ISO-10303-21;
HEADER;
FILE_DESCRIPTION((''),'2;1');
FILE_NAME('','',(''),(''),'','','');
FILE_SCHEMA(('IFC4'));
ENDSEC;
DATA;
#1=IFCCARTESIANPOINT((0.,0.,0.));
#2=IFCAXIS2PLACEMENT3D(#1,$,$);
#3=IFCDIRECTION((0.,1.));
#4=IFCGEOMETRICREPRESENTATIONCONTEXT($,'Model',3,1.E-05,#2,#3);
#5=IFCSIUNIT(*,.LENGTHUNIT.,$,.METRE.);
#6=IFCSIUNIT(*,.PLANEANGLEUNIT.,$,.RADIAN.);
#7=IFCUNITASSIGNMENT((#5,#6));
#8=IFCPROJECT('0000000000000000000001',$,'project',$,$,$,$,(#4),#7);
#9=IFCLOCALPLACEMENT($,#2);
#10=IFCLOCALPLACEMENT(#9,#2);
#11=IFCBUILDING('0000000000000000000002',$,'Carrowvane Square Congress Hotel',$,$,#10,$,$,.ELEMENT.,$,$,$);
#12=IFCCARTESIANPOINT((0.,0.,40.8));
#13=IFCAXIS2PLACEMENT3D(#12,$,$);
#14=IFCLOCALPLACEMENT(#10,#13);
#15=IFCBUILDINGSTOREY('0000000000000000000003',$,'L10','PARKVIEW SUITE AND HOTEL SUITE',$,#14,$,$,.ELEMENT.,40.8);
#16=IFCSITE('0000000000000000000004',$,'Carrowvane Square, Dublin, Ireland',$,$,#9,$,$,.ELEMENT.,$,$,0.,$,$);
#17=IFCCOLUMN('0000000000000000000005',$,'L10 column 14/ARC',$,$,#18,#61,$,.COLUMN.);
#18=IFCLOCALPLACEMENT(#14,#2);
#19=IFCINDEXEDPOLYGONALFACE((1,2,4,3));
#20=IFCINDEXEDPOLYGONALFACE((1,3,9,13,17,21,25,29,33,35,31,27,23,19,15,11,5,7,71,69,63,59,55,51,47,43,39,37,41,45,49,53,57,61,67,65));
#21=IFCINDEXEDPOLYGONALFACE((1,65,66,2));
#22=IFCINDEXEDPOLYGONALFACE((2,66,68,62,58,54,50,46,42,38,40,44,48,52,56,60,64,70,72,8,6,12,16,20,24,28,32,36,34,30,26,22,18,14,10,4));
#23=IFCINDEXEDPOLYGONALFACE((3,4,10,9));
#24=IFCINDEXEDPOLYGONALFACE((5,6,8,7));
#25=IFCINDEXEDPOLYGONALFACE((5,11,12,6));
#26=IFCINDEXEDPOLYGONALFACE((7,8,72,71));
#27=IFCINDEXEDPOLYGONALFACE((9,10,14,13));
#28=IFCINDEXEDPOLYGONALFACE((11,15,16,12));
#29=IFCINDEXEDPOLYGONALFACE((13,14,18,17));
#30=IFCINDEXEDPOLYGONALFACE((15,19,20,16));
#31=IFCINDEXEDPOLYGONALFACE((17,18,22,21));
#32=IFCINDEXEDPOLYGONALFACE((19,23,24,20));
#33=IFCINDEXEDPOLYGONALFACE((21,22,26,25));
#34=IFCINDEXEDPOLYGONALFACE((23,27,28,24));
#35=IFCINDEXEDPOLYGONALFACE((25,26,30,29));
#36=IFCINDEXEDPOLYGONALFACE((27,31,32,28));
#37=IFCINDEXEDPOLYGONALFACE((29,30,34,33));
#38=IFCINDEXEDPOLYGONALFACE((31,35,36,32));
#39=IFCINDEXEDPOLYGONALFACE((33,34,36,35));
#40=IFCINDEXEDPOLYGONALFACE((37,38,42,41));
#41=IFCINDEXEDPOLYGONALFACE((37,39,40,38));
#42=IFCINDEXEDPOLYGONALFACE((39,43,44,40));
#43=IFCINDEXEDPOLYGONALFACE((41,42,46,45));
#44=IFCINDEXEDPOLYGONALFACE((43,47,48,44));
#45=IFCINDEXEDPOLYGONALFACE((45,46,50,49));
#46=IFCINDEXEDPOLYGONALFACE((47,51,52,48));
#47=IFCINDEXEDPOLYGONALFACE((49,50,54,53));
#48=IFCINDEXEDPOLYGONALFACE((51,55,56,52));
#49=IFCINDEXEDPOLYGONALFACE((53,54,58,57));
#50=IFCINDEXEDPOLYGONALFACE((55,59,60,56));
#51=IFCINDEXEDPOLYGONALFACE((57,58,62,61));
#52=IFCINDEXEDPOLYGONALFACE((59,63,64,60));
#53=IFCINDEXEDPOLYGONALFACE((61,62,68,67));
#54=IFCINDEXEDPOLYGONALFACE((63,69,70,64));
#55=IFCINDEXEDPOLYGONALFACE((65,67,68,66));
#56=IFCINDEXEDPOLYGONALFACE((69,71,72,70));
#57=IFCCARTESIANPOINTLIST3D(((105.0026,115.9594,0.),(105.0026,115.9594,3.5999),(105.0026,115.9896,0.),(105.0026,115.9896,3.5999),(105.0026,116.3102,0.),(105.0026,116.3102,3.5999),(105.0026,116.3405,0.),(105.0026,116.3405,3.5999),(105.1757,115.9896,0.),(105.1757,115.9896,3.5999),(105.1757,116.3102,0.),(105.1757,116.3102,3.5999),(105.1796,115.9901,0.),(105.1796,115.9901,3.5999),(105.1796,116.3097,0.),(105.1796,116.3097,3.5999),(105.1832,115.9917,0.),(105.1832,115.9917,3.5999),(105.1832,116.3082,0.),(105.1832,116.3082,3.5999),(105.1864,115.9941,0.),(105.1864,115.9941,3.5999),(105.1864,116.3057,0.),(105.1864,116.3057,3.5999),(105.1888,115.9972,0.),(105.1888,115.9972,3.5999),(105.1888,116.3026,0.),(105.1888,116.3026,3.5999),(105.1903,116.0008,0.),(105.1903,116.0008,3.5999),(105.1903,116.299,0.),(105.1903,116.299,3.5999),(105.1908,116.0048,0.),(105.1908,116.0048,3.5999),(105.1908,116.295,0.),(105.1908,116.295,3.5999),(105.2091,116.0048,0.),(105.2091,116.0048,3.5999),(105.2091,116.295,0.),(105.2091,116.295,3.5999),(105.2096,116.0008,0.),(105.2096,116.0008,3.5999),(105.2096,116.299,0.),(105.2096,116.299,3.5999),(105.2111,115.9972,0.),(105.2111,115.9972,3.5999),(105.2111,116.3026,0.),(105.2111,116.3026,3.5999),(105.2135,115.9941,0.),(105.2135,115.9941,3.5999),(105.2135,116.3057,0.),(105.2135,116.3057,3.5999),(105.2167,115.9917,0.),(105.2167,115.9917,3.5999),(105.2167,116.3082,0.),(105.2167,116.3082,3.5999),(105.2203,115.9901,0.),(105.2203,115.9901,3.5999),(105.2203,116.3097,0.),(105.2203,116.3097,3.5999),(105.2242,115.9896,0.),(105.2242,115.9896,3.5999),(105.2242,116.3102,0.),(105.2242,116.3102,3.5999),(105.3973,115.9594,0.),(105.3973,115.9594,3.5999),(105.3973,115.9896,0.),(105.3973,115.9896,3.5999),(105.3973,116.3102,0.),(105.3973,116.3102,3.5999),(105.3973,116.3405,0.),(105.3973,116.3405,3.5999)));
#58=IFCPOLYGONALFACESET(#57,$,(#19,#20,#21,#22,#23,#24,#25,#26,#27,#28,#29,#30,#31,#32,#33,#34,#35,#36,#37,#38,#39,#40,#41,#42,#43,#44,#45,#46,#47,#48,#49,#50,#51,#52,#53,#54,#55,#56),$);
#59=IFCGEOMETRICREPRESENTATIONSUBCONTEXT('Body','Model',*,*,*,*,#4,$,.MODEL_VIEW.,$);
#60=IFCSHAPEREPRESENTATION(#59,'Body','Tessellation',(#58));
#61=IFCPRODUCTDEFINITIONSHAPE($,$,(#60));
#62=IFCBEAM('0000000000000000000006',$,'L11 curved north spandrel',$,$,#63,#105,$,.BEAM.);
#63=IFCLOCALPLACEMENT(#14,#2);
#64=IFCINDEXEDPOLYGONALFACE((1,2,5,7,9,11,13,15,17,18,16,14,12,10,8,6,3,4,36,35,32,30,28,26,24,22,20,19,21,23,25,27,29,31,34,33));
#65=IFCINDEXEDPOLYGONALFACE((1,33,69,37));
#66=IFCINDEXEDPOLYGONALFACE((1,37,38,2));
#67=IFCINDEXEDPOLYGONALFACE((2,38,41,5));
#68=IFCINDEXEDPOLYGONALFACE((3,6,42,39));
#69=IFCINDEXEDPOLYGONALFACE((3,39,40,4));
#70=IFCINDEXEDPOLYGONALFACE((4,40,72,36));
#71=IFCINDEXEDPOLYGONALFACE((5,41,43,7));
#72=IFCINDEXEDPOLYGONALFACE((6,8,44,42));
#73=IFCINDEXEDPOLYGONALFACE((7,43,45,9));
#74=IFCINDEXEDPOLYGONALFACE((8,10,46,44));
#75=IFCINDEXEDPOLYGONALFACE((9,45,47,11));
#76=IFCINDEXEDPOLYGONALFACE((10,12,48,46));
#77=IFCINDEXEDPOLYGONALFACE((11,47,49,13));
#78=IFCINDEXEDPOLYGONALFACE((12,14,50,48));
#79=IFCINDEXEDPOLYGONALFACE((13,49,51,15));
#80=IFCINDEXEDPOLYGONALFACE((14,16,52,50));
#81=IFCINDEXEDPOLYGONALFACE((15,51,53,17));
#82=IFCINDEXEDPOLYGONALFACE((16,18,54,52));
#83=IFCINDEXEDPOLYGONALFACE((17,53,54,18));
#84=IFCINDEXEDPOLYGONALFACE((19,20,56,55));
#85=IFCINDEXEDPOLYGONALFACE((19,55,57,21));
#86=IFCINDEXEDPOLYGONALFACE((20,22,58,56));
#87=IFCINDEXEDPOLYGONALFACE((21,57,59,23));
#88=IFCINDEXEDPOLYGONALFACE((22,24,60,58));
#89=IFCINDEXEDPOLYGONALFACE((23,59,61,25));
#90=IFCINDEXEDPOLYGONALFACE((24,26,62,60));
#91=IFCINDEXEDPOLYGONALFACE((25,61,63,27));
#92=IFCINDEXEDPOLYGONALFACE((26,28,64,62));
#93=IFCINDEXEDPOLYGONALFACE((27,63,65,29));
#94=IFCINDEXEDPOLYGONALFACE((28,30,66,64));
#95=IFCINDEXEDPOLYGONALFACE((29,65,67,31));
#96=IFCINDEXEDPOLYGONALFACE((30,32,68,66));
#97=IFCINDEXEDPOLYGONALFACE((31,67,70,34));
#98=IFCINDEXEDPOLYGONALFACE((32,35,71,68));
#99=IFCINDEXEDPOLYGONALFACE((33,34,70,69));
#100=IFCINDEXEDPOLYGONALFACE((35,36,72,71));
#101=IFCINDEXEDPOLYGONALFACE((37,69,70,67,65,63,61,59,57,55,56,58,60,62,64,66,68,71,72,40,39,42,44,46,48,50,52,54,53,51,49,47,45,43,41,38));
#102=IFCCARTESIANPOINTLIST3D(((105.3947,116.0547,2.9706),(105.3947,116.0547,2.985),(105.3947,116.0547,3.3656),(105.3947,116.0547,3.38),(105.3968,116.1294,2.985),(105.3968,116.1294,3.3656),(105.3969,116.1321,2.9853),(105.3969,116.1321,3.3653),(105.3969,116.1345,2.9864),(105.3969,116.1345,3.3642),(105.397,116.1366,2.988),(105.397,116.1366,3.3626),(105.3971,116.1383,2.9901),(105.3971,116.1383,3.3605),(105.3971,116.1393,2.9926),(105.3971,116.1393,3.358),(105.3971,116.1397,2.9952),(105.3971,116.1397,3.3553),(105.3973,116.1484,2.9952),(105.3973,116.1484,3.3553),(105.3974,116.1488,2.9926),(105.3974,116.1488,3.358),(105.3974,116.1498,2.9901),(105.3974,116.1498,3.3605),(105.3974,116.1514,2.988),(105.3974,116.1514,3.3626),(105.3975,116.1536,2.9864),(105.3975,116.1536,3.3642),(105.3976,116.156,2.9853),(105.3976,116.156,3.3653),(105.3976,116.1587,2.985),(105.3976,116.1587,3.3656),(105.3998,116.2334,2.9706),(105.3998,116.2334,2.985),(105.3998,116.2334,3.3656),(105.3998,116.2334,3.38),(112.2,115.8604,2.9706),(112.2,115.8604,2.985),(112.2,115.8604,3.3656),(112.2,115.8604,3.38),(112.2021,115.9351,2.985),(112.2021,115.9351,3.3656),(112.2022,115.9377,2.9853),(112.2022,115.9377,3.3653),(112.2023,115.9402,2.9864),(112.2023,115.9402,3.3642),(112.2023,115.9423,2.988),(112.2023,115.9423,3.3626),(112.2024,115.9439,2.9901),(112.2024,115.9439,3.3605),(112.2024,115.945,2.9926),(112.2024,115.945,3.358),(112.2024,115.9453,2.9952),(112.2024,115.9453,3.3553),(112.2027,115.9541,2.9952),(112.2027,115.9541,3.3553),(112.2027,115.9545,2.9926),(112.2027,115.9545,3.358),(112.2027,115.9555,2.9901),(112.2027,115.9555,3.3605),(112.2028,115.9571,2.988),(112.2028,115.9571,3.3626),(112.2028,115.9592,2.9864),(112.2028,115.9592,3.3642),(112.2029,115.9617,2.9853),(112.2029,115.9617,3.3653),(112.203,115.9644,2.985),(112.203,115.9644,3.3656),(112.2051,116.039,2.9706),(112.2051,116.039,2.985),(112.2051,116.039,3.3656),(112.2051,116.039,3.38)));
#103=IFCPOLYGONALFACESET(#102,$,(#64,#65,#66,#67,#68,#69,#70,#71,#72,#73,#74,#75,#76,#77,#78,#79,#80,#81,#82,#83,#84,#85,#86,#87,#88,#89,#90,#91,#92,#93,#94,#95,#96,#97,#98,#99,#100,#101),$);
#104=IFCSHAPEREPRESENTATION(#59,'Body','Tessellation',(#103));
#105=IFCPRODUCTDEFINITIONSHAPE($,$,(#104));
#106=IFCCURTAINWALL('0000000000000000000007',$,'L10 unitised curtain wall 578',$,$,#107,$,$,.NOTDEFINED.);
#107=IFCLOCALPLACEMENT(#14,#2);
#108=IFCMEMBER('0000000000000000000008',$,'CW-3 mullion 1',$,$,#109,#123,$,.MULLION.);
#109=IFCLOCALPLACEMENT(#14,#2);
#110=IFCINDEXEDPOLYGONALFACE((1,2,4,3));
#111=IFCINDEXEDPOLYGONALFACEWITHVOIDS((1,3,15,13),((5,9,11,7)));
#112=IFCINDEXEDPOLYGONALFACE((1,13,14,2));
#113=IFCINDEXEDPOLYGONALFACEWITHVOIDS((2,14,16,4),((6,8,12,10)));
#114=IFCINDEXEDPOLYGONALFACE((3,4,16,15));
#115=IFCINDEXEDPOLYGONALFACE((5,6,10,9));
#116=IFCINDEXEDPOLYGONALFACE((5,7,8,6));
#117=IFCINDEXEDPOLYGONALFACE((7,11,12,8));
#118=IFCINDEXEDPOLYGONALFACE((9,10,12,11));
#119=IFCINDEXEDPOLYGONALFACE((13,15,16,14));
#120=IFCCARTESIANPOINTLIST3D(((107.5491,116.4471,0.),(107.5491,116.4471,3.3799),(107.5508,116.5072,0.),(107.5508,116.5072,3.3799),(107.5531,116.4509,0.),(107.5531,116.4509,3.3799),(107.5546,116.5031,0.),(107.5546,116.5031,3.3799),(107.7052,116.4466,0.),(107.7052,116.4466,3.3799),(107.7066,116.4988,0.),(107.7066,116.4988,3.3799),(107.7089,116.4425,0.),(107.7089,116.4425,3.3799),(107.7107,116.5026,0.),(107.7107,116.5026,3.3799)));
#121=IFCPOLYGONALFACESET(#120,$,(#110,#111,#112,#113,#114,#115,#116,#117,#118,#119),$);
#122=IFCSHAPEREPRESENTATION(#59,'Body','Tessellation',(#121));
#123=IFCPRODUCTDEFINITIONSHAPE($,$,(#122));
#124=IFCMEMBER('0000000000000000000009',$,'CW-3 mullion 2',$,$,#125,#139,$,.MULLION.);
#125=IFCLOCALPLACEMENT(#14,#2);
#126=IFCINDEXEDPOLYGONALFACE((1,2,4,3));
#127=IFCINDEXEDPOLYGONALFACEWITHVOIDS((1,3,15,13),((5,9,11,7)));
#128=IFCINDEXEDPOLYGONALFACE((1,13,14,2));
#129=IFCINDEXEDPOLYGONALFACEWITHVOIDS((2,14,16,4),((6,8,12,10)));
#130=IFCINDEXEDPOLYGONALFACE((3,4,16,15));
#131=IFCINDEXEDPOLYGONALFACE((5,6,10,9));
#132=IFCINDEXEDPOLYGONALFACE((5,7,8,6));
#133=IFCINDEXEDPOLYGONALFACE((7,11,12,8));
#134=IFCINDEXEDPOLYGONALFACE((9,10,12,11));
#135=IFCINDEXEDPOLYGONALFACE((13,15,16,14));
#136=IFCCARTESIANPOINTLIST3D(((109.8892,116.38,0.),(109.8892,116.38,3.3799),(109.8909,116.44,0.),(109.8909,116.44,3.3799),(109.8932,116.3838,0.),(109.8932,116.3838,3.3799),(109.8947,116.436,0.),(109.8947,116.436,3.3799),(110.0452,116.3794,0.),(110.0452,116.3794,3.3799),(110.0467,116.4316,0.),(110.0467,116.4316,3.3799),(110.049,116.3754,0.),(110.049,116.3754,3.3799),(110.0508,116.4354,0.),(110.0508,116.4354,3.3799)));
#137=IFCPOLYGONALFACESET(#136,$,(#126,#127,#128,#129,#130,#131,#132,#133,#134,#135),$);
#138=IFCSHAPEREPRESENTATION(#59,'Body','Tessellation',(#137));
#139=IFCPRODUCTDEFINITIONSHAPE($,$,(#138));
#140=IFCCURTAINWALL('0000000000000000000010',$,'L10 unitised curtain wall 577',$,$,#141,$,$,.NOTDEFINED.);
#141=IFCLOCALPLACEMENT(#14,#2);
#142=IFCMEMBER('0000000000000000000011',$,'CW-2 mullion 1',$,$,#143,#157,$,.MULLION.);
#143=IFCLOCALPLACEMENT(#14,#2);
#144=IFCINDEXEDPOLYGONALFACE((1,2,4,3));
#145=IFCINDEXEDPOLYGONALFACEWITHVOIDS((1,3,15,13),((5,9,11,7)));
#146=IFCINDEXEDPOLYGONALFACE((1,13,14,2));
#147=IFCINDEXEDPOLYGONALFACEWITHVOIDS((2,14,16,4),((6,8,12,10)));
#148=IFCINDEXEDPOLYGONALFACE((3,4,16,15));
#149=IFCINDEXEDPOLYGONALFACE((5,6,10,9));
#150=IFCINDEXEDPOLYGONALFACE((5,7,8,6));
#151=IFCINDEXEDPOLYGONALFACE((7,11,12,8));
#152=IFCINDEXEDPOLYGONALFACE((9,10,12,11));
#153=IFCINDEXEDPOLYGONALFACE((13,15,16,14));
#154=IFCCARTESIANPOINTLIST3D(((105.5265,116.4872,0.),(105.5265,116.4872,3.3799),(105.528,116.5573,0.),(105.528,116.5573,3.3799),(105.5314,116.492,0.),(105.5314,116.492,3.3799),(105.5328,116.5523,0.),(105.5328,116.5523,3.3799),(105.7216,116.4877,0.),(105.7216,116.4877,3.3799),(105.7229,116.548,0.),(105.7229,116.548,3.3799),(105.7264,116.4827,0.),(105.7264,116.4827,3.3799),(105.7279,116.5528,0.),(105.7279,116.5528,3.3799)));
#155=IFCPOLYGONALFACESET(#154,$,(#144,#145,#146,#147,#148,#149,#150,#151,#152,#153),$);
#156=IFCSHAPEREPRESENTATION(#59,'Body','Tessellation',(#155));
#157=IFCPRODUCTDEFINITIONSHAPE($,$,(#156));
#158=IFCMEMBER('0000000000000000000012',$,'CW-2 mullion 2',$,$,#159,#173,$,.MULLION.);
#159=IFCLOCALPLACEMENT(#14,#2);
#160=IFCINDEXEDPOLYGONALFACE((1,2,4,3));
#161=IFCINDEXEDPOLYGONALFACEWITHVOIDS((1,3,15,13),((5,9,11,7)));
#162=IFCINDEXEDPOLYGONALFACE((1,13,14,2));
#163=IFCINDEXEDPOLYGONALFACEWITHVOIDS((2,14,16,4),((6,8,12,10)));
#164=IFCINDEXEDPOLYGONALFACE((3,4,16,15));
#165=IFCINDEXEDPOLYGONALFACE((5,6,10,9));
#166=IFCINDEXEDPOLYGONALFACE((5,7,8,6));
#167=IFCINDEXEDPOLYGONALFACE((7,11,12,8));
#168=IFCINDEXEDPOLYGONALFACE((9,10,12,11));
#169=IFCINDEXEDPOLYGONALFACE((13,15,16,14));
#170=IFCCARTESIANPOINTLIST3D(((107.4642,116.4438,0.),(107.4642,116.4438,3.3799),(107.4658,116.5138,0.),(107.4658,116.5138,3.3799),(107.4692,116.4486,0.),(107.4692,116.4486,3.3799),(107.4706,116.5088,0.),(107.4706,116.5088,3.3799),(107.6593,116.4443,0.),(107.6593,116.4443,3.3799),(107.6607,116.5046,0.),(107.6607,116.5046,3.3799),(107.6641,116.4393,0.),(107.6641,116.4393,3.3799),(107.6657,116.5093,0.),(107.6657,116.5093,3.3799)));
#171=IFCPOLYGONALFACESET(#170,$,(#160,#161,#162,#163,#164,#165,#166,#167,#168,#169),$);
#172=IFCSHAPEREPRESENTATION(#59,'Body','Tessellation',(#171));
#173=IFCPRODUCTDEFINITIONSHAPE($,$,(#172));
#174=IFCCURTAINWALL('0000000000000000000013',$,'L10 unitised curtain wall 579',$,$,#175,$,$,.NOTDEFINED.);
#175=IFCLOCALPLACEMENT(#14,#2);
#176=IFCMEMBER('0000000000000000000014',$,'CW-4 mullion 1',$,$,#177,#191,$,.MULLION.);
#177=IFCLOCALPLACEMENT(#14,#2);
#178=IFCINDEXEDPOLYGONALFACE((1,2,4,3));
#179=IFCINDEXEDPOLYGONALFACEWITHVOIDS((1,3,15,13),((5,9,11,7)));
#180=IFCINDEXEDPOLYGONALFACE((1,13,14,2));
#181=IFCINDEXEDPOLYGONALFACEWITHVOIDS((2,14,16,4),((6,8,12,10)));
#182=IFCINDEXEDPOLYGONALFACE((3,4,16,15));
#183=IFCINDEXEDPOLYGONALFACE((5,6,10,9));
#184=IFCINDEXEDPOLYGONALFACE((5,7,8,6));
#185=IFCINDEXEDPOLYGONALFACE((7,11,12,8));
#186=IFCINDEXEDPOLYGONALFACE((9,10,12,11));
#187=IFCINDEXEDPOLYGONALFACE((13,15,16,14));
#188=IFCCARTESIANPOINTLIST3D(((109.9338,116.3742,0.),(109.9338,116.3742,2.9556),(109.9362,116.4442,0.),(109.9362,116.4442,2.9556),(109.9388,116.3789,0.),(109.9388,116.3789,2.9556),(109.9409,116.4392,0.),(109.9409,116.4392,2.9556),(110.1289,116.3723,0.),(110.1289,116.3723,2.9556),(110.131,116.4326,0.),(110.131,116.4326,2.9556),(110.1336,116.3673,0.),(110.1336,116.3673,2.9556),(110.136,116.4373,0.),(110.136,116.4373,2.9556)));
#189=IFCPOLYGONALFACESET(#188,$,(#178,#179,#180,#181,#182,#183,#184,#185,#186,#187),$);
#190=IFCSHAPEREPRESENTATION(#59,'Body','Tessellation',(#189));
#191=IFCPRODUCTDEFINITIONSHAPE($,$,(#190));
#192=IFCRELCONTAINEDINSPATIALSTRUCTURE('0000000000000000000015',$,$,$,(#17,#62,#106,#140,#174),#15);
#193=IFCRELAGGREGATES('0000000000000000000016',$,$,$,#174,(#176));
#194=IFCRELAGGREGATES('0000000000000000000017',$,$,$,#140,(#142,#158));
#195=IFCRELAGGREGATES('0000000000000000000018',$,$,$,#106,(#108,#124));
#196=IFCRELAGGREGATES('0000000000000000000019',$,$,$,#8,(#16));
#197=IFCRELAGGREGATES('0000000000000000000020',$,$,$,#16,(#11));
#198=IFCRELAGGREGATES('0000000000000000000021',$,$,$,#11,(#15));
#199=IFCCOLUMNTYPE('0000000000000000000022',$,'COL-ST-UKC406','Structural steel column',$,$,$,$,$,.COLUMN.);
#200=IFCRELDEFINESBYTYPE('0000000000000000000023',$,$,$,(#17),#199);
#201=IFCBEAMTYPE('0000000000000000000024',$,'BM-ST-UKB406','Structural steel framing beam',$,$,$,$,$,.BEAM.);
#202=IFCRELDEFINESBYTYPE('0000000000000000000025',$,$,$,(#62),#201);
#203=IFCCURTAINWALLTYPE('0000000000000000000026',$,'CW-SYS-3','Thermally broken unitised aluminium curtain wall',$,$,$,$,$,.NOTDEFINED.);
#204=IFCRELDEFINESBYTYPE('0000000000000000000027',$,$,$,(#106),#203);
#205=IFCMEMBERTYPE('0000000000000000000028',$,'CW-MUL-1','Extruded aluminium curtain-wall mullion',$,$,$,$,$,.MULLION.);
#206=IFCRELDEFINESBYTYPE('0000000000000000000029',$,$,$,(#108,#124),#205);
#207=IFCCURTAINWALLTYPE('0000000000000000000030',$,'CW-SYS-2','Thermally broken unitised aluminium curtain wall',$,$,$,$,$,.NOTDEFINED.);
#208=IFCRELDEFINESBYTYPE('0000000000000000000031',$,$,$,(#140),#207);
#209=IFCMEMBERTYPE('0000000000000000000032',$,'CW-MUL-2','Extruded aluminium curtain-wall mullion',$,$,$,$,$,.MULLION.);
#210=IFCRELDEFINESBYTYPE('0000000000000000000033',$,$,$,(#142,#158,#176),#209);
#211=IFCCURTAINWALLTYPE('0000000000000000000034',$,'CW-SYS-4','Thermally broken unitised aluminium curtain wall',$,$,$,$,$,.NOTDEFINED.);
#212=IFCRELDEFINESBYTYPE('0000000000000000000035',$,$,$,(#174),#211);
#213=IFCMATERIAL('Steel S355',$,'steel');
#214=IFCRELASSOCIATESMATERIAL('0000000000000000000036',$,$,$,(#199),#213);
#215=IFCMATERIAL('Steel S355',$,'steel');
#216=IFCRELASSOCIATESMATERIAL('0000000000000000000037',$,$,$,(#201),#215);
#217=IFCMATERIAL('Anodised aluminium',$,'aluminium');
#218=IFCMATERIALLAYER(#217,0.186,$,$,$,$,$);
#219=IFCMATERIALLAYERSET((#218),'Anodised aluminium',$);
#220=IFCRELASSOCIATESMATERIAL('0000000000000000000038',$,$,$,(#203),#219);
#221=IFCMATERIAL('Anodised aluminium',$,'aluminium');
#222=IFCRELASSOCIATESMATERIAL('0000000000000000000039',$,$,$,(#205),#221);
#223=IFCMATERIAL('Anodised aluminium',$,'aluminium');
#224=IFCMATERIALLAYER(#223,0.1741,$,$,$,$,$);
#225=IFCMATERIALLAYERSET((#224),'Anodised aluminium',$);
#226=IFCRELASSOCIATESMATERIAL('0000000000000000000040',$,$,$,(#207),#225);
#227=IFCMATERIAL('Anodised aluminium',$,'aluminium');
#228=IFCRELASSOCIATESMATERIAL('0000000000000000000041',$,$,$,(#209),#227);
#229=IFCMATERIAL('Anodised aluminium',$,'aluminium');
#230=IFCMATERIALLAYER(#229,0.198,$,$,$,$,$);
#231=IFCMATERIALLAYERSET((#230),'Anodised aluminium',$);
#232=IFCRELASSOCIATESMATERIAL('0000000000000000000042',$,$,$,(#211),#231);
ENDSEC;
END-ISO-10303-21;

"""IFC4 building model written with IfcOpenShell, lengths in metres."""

from ifc_helpers import new_model, si_unit, direction, frame, origin, origin_2d, place, context, subcontext, project, spatial, hollow_rectangle, i_section, extrude, material, layer, layer_set, material_profile, profile_set, type_object, element, aggregate, save


model = new_model("IFC4")

# Units and contexts
model_context = context("Model", 3, precision=1e-05, world=origin(), true_north=direction((0.0, 1.0)))
body_context = subcontext(model_context, "Body", "Model", "MODEL_VIEW")
ifc_project = project(units=[si_unit("LENGTHUNIT", "METRE"), si_unit("PLANEANGLEUNIT", "RADIAN")], contexts=[model_context])

# Site, building, storey
site_placement = place(None, origin())
site = spatial("IfcSite", under=ifc_project, at=site_placement, Name="Carrowvane Square, Dublin, Ireland", CompositionType="ELEMENT", RefElevation=0.0)
building_placement = place(site_placement, origin())
building = spatial("IfcBuilding", under=site, at=building_placement, Name="Carrowvane Square Congress Hotel", CompositionType="ELEMENT")
storey_placement = place(building_placement, frame((0.0, 0.0, 40.8)))
storey = spatial("IfcBuildingStorey", under=building, at=storey_placement, Name="L10", Description="PARKVIEW SUITE AND HOTEL SUITE", CompositionType="ELEMENT", Elevation=40.8)

# Column
ifc_material_1 = material(Name="Steel S355", Category="steel")
ifc_material_profile_1 = material_profile(ifc_material_1, i_section(OverallWidth=0.3948, OverallDepth=0.3811, WebThickness=0.0183, FlangeThickness=0.0303, FilletRadius=0.0151, at=origin_2d()), Name="UKC 356x406x235")
ifc_profile_set_1 = profile_set([ifc_material_profile_1], Name="Steel S355")
column_type = type_object("IfcColumnType", Name="COL-ST-UKC406", Description="Structural steel column", PredefinedType="COLUMN", material=ifc_profile_set_1)
column_placement = place(storey_placement, frame((105.2, 116.1499, 0.0), z_axis=(0.0, 0.0, 1.0), x_axis=(1.0, 0.0, 0.0)))
element("IfcColumn", 1, at=column_placement, inside=storey, type_object=column_type, Name="L10 column 14/ARC", PredefinedType="COLUMN", context=body_context, shape_type="SweptSolid", body=[
    extrude(i_section(OverallWidth=0.3948, OverallDepth=0.3811, WebThickness=0.0183, FlangeThickness=0.0303, FilletRadius=0.0151, at=origin_2d()), origin(), (0.0, 0.0, 1.0), 3.5999),
])

# Beam
ifc_material_2 = material(Name="Steel S355", Category="steel")
ifc_material_profile_2 = material_profile(ifc_material_2, i_section(OverallWidth=0.1787, OverallDepth=0.4094, WebThickness=0.0088, FlangeThickness=0.0144, FilletRadius=0.0103, at=origin_2d()), Name="UKB 406x178x67")
ifc_profile_set_2 = profile_set([ifc_material_profile_2], Name="Steel S355")
beam_type = type_object("IfcBeamType", Name="BM-ST-UKB406", Description="Structural steel framing beam", PredefinedType="BEAM", material=ifc_profile_set_2)
beam_placement = place(storey_placement, frame((105.3972, 116.144, 3.1753), z_axis=(0.999593, -0.028544, 0.0), x_axis=(0.028544, 0.999593, 0.0)))
element("IfcBeam", 2, at=beam_placement, inside=storey, type_object=beam_type, Name="L11 curved north spandrel", PredefinedType="BEAM", context=body_context, shape_type="SweptSolid", body=[
    extrude(i_section(OverallWidth=0.1787, OverallDepth=0.4094, WebThickness=0.0088, FlangeThickness=0.0144, FilletRadius=0.0103, at=origin_2d()), origin(), (0.0, 0.0, 1.0), 6.8081),
])

# Curtain walls, members
ifc_material_3 = material(Name="Anodised aluminium", Category="aluminium")
ifc_layer_1 = layer(ifc_material_3, 0.186)
ifc_layer_set_1 = layer_set([ifc_layer_1], Name="Anodised aluminium")
curtain_wall_type_1 = type_object("IfcCurtainWallType", Name="CW-SYS-3", Description="Thermally broken unitised aluminium curtain wall", PredefinedType="NOTDEFINED", material=ifc_layer_set_1)
curtain_wall_1_placement = place(storey_placement, origin())
curtain_wall_1 = element("IfcCurtainWall", 3, at=curtain_wall_1_placement, inside=storey, type_object=curtain_wall_type_1, Name="L10 unitised curtain wall 578", PredefinedType="NOTDEFINED")
ifc_material_4 = material(Name="Anodised aluminium", Category="aluminium")
ifc_material_profile_3 = material_profile(ifc_material_4, hollow_rectangle(XDim=0.0601, YDim=0.1599, WallThickness=0.0039, at=origin_2d()), Name="CW-ML 60x160x4")
ifc_profile_set_3 = profile_set([ifc_material_profile_3], Name="Anodised aluminium")
member_type_1 = type_object("IfcMemberType", Name="CW-MUL-1", Description="Extruded aluminium curtain-wall mullion", PredefinedType="MULLION", material=ifc_profile_set_3)
member_1_placement = place(storey_placement, frame((107.6299, 116.4749, 0.0), z_axis=(0.0, 0.0, 1.0), x_axis=(0.028638, 0.99959, 0.0)))
member_1 = element("IfcMember", 4, at=member_1_placement, type_object=member_type_1, Name="CW-3 mullion 1", PredefinedType="MULLION", context=body_context, shape_type="SweptSolid", body=[
    extrude(hollow_rectangle(XDim=0.0601, YDim=0.1599, WallThickness=0.0039, at=origin_2d()), origin(), (0.0, 0.0, 1.0), 3.3799),
])
member_2_placement = place(storey_placement, frame((109.97, 116.4077, 0.0), z_axis=(0.0, 0.0, 1.0), x_axis=(0.028638, 0.99959, 0.0)))
member_2 = element("IfcMember", 5, at=member_2_placement, type_object=member_type_1, Name="CW-3 mullion 2", PredefinedType="MULLION", context=body_context, shape_type="SweptSolid", body=[
    extrude(hollow_rectangle(XDim=0.0601, YDim=0.1599, WallThickness=0.0039, at=origin_2d()), origin(), (0.0, 0.0, 1.0), 3.3799),
])
ifc_material_5 = material(Name="Anodised aluminium", Category="aluminium")
ifc_layer_2 = layer(ifc_material_5, 0.1741)
ifc_layer_set_2 = layer_set([ifc_layer_2], Name="Anodised aluminium")
curtain_wall_type_2 = type_object("IfcCurtainWallType", Name="CW-SYS-2", Description="Thermally broken unitised aluminium curtain wall", PredefinedType="NOTDEFINED", material=ifc_layer_set_2)
curtain_wall_2_placement = place(storey_placement, origin())
curtain_wall_2 = element("IfcCurtainWall", 6, at=curtain_wall_2_placement, inside=storey, type_object=curtain_wall_type_2, Name="L10 unitised curtain wall 577", PredefinedType="NOTDEFINED")
ifc_material_6 = material(Name="Anodised aluminium", Category="aluminium")
ifc_material_profile_4 = material_profile(ifc_material_6, hollow_rectangle(XDim=0.0701, YDim=0.2, WallThickness=0.0049, at=origin_2d()), Name="CW-ML 70x200x5")
ifc_profile_set_4 = profile_set([ifc_material_profile_4], Name="Anodised aluminium")
member_type_2 = type_object("IfcMemberType", Name="CW-MUL-2", Description="Extruded aluminium curtain-wall mullion", PredefinedType="MULLION", material=ifc_profile_set_4)
member_3_placement = place(storey_placement, frame((105.6272, 116.52, 0.0), z_axis=(0.0, 0.0, 1.0), x_axis=(0.022518, 0.999746, 0.0)))
member_3 = element("IfcMember", 7, at=member_3_placement, type_object=member_type_2, Name="CW-2 mullion 1", PredefinedType="MULLION", context=body_context, shape_type="SweptSolid", body=[
    extrude(hollow_rectangle(XDim=0.0701, YDim=0.2, WallThickness=0.0049, at=origin_2d()), origin(), (0.0, 0.0, 1.0), 3.3799),
])
member_4_placement = place(storey_placement, frame((107.5649, 116.4766, 0.0), z_axis=(0.0, 0.0, 1.0), x_axis=(0.022518, 0.999746, 0.0)))
member_4 = element("IfcMember", 8, at=member_4_placement, type_object=member_type_2, Name="CW-2 mullion 2", PredefinedType="MULLION", context=body_context, shape_type="SweptSolid", body=[
    extrude(hollow_rectangle(XDim=0.0701, YDim=0.2, WallThickness=0.0049, at=origin_2d()), origin(), (0.0, 0.0, 1.0), 3.3799),
])

# Curtain wall, member
ifc_material_7 = material(Name="Anodised aluminium", Category="aluminium")
ifc_layer_3 = layer(ifc_material_7, 0.198)
ifc_layer_set_3 = layer_set([ifc_layer_3], Name="Anodised aluminium")
curtain_wall_type_3 = type_object("IfcCurtainWallType", Name="CW-SYS-4", Description="Thermally broken unitised aluminium curtain wall", PredefinedType="NOTDEFINED", material=ifc_layer_set_3)
curtain_wall_3_placement = place(storey_placement, origin())
curtain_wall_3 = element("IfcCurtainWall", 9, at=curtain_wall_3_placement, inside=storey, type_object=curtain_wall_type_3, Name="L10 unitised curtain wall 579", PredefinedType="NOTDEFINED")
member_5_placement = place(storey_placement, frame((110.0349, 116.4058, 0.0), z_axis=(0.0, 0.0, 1.0), x_axis=(0.03453, 0.999404, 0.0)))
member_5 = element("IfcMember", 10, at=member_5_placement, type_object=member_type_2, Name="CW-4 mullion 1", PredefinedType="MULLION", context=body_context, shape_type="SweptSolid", body=[
    extrude(hollow_rectangle(XDim=0.0701, YDim=0.2, WallThickness=0.0049, at=origin_2d()), origin(), (0.0, 0.0, 1.0), 2.9556),
])

aggregate(curtain_wall_3, [member_5])

aggregate(curtain_wall_2, [member_3, member_4])
aggregate(curtain_wall_1, [member_1, member_2])

save(model, "model.ifc")
